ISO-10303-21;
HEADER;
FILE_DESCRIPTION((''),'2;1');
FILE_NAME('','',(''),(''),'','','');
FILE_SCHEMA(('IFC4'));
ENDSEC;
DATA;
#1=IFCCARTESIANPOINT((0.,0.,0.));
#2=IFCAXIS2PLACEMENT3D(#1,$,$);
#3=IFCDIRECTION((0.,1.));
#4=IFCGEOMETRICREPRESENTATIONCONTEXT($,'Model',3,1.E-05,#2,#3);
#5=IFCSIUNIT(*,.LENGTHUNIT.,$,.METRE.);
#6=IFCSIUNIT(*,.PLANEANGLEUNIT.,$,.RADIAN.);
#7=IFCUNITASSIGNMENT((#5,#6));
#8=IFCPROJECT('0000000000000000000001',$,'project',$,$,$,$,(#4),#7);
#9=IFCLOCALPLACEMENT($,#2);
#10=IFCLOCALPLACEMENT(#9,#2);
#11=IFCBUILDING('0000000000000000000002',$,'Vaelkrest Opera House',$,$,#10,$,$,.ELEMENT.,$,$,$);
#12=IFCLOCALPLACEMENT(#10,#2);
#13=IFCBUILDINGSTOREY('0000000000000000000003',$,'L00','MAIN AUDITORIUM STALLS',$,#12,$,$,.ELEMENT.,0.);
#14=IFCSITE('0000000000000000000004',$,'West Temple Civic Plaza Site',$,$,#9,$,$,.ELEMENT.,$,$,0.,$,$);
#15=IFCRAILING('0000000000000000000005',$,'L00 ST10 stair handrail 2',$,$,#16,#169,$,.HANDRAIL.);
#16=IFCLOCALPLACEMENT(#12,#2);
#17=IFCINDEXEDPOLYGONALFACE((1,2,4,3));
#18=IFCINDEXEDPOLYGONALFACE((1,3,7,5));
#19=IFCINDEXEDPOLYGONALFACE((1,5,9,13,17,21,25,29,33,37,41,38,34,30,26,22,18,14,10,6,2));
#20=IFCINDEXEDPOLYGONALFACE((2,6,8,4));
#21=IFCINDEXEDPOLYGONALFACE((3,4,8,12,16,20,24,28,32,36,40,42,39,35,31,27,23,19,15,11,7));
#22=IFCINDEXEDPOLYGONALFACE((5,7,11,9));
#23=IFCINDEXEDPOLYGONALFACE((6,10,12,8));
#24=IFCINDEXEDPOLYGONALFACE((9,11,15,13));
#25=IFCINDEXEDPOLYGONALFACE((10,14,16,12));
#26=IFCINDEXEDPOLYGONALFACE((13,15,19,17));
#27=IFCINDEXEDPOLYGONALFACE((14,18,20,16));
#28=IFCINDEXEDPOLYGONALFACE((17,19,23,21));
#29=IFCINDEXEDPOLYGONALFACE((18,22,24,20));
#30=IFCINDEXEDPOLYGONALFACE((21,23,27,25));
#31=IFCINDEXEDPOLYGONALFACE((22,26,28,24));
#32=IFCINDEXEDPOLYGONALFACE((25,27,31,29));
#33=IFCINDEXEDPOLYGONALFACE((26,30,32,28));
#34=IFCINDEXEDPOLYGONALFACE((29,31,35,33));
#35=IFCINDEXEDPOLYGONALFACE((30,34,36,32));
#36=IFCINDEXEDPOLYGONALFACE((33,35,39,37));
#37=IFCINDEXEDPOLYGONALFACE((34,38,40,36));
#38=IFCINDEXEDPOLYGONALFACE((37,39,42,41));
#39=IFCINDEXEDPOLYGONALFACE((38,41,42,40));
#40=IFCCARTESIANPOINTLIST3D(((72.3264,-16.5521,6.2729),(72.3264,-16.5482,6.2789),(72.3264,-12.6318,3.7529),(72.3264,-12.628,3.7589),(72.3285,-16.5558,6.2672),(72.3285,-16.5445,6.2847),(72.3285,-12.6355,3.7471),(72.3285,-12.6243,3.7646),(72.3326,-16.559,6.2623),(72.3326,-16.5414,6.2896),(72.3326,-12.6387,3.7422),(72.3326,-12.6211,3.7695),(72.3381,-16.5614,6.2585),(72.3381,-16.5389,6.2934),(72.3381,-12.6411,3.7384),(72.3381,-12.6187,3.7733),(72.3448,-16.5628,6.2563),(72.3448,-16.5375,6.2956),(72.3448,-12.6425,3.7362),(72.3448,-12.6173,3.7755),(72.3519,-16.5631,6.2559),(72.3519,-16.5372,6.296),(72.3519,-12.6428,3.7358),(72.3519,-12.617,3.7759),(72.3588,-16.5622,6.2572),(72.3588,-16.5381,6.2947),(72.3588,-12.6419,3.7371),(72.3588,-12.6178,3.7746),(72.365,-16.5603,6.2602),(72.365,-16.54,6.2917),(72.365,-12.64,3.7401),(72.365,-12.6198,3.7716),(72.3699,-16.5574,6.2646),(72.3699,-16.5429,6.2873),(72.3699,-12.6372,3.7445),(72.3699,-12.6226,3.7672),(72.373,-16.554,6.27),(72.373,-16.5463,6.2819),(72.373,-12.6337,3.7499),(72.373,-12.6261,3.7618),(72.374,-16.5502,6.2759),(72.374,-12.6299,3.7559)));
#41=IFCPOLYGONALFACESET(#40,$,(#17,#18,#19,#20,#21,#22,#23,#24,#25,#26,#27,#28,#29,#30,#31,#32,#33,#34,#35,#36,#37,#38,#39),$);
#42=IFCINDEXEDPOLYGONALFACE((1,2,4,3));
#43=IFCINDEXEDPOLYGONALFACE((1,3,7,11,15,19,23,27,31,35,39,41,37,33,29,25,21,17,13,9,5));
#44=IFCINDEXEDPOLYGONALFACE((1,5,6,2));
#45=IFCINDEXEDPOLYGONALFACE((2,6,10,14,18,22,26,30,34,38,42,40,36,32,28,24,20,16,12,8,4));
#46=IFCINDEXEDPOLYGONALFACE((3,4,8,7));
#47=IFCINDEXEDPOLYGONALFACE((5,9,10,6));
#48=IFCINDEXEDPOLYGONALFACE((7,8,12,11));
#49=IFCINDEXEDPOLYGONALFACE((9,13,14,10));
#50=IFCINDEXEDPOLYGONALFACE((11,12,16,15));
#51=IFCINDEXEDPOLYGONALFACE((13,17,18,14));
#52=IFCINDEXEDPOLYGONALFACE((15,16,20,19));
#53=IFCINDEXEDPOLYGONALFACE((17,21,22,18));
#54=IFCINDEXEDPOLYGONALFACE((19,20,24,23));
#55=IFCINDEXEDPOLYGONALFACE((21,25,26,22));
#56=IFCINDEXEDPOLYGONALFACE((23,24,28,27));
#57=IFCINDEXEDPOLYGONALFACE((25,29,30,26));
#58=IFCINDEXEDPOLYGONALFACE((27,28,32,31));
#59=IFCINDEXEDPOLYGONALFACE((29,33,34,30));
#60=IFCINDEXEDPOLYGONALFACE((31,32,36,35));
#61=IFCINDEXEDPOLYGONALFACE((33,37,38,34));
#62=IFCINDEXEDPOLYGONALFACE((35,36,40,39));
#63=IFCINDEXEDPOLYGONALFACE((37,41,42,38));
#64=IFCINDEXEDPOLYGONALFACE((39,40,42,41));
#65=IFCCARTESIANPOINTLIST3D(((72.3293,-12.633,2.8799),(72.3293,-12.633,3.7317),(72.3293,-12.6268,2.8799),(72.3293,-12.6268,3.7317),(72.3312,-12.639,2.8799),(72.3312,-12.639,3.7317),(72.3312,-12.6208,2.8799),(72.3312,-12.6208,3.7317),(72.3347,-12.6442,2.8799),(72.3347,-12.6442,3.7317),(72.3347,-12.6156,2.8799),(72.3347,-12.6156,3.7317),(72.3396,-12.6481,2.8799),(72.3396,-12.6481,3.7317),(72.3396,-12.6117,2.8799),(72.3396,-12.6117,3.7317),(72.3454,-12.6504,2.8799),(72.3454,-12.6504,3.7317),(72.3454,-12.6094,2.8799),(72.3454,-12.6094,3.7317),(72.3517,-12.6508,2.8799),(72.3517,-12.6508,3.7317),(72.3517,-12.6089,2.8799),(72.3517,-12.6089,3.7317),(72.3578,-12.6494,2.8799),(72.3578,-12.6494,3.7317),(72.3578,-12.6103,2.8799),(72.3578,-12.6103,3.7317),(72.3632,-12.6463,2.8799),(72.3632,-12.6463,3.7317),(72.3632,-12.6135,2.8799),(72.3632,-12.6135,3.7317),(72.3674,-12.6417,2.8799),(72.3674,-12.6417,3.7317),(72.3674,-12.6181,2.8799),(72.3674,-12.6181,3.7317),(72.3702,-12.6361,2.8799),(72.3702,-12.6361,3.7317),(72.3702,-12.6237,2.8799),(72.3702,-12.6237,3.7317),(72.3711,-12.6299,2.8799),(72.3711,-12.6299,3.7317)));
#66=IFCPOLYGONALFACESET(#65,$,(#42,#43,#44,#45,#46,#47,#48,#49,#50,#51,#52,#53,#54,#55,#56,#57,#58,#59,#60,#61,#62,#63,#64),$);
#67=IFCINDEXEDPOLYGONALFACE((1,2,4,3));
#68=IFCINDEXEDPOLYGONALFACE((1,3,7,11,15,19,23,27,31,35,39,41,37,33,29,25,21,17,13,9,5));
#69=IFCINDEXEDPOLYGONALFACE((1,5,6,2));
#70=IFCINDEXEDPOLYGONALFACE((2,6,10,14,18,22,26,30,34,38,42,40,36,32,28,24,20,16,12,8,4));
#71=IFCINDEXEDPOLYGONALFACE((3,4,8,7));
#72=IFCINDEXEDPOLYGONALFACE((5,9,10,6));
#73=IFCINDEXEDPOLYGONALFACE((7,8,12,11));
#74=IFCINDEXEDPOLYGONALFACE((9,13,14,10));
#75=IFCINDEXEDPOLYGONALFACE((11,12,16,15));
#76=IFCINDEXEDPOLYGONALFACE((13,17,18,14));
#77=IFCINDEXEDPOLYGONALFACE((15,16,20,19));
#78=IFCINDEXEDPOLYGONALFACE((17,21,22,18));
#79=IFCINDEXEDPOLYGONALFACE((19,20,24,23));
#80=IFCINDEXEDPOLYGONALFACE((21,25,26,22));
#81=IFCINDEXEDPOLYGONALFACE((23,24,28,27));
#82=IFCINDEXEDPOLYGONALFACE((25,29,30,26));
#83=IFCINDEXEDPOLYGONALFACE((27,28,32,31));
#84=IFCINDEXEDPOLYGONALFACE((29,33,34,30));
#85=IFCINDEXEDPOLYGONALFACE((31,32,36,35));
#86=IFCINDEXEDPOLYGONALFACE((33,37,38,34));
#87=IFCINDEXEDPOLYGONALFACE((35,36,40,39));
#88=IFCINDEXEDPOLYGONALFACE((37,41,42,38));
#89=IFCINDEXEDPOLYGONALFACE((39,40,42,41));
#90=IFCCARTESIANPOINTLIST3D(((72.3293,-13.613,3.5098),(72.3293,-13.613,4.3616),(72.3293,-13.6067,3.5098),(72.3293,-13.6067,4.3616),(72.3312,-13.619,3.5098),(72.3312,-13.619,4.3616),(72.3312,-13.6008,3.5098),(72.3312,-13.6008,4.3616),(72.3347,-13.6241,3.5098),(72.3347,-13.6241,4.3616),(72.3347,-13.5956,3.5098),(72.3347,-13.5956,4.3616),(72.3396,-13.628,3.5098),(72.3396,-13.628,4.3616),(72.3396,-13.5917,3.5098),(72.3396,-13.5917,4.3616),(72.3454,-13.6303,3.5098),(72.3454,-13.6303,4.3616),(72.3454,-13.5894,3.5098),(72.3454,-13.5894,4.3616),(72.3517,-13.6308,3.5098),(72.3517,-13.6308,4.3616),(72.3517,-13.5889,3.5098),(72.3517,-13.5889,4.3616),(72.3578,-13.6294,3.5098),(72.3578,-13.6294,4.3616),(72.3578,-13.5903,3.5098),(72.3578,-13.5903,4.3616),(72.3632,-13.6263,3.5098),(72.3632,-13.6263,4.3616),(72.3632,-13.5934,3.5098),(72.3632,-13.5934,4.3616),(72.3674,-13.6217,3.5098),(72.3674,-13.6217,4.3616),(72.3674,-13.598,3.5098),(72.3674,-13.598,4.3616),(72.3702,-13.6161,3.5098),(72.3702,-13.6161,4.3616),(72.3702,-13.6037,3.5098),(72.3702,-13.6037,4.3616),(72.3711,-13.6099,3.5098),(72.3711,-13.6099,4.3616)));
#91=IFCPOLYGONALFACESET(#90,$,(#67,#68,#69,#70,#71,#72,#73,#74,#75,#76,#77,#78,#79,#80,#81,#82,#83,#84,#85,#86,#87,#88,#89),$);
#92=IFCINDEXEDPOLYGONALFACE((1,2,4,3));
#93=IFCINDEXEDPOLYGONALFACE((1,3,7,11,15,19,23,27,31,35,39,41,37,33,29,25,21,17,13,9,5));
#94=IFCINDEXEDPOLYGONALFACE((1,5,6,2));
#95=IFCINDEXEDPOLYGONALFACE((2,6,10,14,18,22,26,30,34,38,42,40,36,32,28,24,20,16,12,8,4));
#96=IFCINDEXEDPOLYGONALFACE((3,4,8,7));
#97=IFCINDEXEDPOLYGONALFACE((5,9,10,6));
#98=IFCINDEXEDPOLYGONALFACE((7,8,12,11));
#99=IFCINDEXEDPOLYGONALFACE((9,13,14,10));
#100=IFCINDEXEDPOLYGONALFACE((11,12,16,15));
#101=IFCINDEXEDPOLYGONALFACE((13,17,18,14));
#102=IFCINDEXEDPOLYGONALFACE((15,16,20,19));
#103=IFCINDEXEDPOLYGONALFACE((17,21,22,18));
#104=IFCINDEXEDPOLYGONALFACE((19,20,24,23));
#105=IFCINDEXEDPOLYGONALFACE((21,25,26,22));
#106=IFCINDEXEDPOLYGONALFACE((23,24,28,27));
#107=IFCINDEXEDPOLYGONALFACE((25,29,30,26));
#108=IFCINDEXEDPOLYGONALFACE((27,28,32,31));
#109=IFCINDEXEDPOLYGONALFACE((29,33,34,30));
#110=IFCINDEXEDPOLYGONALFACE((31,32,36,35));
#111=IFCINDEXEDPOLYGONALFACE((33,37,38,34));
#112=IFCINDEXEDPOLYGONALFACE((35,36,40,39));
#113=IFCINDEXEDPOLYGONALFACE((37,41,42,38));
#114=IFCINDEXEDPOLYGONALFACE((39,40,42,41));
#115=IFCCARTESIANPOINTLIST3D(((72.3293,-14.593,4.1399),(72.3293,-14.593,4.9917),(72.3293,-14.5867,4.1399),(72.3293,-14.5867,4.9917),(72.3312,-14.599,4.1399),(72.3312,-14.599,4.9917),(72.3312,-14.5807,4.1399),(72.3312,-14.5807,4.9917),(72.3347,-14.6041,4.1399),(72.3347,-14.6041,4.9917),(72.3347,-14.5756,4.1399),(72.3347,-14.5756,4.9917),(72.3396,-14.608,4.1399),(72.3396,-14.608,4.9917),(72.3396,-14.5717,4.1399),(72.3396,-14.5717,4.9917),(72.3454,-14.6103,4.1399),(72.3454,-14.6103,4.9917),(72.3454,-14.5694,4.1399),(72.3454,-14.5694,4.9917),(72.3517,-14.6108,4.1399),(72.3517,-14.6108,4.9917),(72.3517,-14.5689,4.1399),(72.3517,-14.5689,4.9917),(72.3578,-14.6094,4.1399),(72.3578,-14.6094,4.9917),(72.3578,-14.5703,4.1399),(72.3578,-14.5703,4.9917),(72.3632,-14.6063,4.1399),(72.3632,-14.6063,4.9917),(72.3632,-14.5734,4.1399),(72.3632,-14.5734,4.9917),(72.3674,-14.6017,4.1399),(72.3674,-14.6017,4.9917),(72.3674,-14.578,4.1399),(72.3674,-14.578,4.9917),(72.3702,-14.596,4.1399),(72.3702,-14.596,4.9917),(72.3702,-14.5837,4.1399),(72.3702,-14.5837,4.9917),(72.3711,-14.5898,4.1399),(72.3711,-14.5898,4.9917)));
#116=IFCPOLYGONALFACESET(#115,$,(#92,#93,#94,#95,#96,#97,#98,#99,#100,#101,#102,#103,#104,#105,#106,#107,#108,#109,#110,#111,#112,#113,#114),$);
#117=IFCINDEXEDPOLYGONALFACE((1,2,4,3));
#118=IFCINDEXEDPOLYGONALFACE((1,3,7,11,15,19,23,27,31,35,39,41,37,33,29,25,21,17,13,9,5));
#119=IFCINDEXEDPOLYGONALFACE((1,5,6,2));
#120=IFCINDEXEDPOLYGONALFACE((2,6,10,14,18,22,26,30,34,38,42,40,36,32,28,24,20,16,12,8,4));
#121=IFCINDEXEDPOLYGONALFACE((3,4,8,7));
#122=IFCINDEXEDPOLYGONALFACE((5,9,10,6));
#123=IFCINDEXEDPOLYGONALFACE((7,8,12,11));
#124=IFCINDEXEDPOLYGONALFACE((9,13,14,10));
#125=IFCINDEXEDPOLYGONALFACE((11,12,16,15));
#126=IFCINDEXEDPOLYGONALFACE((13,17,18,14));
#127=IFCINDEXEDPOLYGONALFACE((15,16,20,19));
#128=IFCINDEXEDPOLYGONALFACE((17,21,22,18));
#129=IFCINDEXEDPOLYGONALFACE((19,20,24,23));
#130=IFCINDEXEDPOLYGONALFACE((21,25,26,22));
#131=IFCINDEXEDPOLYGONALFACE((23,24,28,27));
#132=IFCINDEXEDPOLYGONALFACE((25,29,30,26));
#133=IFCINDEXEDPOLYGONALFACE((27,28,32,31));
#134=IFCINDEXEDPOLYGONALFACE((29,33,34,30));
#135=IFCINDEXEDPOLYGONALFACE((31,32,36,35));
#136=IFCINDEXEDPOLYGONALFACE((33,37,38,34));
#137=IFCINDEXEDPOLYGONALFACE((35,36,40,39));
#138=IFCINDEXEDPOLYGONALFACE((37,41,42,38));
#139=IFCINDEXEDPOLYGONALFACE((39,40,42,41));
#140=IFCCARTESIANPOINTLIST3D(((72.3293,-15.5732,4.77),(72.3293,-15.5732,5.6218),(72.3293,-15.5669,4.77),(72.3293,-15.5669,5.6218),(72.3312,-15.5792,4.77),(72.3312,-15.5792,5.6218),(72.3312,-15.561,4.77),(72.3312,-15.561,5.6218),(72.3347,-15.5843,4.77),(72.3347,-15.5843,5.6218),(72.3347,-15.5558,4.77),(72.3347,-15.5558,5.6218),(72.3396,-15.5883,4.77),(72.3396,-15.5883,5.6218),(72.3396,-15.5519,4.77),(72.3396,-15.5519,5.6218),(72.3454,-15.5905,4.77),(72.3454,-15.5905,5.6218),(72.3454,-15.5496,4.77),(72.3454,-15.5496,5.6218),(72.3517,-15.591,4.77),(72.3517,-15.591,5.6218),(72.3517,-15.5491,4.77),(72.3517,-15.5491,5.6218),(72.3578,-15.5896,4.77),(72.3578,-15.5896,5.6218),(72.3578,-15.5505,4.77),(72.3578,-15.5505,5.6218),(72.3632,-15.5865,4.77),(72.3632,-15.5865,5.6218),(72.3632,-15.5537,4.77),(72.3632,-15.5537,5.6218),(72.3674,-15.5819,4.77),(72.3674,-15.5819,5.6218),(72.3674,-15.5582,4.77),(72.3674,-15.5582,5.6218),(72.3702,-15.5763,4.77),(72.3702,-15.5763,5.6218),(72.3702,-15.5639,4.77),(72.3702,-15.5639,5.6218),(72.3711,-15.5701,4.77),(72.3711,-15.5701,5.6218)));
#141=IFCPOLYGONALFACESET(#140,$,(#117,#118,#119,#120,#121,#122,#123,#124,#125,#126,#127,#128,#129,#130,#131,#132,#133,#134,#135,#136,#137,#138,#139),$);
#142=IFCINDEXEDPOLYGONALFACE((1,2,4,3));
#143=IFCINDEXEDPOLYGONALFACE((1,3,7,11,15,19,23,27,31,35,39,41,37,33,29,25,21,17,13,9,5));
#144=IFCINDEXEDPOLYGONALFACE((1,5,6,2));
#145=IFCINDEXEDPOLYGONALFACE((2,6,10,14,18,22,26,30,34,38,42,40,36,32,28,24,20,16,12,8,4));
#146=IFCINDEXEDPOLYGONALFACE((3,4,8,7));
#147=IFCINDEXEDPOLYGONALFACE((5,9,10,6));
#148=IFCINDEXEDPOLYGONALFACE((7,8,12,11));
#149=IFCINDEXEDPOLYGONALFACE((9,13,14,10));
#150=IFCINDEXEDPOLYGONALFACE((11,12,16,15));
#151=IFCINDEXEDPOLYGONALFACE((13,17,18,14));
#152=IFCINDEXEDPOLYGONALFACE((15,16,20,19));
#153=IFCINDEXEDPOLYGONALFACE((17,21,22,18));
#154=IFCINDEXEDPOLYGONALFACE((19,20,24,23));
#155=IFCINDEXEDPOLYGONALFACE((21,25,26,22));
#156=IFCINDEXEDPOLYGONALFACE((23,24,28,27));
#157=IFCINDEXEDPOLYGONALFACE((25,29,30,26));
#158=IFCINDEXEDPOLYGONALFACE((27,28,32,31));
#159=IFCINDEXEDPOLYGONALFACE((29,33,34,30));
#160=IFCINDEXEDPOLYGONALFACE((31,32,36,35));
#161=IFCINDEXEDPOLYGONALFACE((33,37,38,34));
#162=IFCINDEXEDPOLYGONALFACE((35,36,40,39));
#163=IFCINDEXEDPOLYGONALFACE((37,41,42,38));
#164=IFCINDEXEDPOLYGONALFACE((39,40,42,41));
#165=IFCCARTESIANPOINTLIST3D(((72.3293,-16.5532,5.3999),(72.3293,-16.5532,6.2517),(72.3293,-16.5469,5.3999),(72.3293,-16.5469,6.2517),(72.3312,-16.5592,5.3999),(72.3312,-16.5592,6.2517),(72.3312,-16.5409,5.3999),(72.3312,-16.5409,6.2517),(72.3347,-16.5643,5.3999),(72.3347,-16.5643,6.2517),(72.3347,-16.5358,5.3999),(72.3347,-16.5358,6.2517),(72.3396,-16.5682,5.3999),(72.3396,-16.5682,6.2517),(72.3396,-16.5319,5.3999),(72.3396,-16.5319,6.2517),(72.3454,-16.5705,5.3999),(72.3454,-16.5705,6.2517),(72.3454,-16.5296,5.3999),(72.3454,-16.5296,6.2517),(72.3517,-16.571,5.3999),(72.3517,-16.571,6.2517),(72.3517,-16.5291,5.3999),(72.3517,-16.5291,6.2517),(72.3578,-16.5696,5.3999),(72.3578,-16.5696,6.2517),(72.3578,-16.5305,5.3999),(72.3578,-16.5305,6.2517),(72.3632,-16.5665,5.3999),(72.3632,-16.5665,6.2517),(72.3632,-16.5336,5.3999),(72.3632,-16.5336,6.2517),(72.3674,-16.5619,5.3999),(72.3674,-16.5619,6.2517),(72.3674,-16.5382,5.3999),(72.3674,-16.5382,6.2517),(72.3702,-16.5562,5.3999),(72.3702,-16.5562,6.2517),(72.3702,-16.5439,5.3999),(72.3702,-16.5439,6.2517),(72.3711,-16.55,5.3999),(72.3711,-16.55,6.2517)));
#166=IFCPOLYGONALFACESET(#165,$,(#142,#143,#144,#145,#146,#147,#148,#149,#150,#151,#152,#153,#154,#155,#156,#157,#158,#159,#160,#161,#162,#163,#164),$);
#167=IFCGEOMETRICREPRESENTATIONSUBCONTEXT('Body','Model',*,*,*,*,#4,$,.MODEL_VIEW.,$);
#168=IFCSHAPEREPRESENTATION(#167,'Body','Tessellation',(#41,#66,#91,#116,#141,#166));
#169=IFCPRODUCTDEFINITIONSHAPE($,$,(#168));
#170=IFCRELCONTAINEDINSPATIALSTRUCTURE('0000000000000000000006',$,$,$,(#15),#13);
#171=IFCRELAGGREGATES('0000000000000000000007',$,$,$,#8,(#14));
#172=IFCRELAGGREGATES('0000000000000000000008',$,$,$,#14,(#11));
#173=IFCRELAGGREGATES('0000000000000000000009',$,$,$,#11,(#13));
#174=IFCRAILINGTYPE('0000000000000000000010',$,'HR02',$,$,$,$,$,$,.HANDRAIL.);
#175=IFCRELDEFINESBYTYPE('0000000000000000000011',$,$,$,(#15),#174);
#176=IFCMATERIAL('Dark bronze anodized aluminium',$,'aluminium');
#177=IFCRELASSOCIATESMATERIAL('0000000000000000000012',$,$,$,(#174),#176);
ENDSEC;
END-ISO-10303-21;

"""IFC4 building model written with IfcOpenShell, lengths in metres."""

from ifc_helpers import new_model, si_unit, direction, frame, origin, origin_2d, place, context, subcontext, project, spatial, circle, extrude, material, type_object, element, save


model = new_model("IFC4")

# Units and contexts
model_context = context("Model", 3, precision=1e-05, world=origin(), true_north=direction((0.0, 1.0)))
body_context = subcontext(model_context, "Body", "Model", "MODEL_VIEW")
ifc_project = project(units=[si_unit("LENGTHUNIT", "METRE"), si_unit("PLANEANGLEUNIT", "RADIAN")], contexts=[model_context])

# Site, building, storey
site_placement = place(None, origin())
site = spatial("IfcSite", under=ifc_project, at=site_placement, Name="West Temple Civic Plaza Site", CompositionType="ELEMENT", RefElevation=0.0)
building_placement = place(site_placement, origin())
building = spatial("IfcBuilding", under=site, at=building_placement, Name="Vaelkrest Opera House", CompositionType="ELEMENT")
storey_placement = place(building_placement, origin())
storey = spatial("IfcBuildingStorey", under=building, at=storey_placement, Name="L00", Description="MAIN AUDITORIUM STALLS", CompositionType="ELEMENT", Elevation=0.0)

# Railing
ifc_material_1 = material(Name="Dark bronze anodized aluminium", Category="aluminium")
railing_type_1 = type_object("IfcRailingType", Name="HR02", PredefinedType="HANDRAIL", material=ifc_material_1)
railing_1_placement = place(storey_placement, frame((72.3501, -12.6299, 2.8799)))
element("IfcRailing", 1, at=railing_1_placement, inside=storey, type_object=railing_type_1, Name="L00 ST10 stair handrail 2", PredefinedType="HANDRAIL", context=body_context, shape_type="SweptSolid", body=[
    extrude(circle(Radius=0.0239, at=origin_2d()), frame((0.0, 0.0, 0.876), z_axis=(0.0, -0.841187, 0.540744), x_axis=(1.0, 0.0, 0.0)), (0.0, 0.0, 1.0), 4.6604),
    extrude(circle(Radius=0.021, at=origin_2d()), origin(), (0.0, 0.0, 1.0), 0.8518),
    extrude(circle(Radius=0.021, at=origin_2d()), frame((0.0, -0.98, 0.6299)), (0.0, 0.0, 1.0), 0.8518),
    extrude(circle(Radius=0.021, at=origin_2d()), frame((0.0, -1.96, 1.26)), (0.0, 0.0, 1.0), 0.8518),
    extrude(circle(Radius=0.021, at=origin_2d()), frame((0.0, -2.9402, 1.8901)), (0.0, 0.0, 1.0), 0.8518),
    extrude(circle(Radius=0.021, at=origin_2d()), frame((0.0, -3.9202, 2.52)), (0.0, 0.0, 1.0), 0.8518),
])

save(model, "model.ifc")
